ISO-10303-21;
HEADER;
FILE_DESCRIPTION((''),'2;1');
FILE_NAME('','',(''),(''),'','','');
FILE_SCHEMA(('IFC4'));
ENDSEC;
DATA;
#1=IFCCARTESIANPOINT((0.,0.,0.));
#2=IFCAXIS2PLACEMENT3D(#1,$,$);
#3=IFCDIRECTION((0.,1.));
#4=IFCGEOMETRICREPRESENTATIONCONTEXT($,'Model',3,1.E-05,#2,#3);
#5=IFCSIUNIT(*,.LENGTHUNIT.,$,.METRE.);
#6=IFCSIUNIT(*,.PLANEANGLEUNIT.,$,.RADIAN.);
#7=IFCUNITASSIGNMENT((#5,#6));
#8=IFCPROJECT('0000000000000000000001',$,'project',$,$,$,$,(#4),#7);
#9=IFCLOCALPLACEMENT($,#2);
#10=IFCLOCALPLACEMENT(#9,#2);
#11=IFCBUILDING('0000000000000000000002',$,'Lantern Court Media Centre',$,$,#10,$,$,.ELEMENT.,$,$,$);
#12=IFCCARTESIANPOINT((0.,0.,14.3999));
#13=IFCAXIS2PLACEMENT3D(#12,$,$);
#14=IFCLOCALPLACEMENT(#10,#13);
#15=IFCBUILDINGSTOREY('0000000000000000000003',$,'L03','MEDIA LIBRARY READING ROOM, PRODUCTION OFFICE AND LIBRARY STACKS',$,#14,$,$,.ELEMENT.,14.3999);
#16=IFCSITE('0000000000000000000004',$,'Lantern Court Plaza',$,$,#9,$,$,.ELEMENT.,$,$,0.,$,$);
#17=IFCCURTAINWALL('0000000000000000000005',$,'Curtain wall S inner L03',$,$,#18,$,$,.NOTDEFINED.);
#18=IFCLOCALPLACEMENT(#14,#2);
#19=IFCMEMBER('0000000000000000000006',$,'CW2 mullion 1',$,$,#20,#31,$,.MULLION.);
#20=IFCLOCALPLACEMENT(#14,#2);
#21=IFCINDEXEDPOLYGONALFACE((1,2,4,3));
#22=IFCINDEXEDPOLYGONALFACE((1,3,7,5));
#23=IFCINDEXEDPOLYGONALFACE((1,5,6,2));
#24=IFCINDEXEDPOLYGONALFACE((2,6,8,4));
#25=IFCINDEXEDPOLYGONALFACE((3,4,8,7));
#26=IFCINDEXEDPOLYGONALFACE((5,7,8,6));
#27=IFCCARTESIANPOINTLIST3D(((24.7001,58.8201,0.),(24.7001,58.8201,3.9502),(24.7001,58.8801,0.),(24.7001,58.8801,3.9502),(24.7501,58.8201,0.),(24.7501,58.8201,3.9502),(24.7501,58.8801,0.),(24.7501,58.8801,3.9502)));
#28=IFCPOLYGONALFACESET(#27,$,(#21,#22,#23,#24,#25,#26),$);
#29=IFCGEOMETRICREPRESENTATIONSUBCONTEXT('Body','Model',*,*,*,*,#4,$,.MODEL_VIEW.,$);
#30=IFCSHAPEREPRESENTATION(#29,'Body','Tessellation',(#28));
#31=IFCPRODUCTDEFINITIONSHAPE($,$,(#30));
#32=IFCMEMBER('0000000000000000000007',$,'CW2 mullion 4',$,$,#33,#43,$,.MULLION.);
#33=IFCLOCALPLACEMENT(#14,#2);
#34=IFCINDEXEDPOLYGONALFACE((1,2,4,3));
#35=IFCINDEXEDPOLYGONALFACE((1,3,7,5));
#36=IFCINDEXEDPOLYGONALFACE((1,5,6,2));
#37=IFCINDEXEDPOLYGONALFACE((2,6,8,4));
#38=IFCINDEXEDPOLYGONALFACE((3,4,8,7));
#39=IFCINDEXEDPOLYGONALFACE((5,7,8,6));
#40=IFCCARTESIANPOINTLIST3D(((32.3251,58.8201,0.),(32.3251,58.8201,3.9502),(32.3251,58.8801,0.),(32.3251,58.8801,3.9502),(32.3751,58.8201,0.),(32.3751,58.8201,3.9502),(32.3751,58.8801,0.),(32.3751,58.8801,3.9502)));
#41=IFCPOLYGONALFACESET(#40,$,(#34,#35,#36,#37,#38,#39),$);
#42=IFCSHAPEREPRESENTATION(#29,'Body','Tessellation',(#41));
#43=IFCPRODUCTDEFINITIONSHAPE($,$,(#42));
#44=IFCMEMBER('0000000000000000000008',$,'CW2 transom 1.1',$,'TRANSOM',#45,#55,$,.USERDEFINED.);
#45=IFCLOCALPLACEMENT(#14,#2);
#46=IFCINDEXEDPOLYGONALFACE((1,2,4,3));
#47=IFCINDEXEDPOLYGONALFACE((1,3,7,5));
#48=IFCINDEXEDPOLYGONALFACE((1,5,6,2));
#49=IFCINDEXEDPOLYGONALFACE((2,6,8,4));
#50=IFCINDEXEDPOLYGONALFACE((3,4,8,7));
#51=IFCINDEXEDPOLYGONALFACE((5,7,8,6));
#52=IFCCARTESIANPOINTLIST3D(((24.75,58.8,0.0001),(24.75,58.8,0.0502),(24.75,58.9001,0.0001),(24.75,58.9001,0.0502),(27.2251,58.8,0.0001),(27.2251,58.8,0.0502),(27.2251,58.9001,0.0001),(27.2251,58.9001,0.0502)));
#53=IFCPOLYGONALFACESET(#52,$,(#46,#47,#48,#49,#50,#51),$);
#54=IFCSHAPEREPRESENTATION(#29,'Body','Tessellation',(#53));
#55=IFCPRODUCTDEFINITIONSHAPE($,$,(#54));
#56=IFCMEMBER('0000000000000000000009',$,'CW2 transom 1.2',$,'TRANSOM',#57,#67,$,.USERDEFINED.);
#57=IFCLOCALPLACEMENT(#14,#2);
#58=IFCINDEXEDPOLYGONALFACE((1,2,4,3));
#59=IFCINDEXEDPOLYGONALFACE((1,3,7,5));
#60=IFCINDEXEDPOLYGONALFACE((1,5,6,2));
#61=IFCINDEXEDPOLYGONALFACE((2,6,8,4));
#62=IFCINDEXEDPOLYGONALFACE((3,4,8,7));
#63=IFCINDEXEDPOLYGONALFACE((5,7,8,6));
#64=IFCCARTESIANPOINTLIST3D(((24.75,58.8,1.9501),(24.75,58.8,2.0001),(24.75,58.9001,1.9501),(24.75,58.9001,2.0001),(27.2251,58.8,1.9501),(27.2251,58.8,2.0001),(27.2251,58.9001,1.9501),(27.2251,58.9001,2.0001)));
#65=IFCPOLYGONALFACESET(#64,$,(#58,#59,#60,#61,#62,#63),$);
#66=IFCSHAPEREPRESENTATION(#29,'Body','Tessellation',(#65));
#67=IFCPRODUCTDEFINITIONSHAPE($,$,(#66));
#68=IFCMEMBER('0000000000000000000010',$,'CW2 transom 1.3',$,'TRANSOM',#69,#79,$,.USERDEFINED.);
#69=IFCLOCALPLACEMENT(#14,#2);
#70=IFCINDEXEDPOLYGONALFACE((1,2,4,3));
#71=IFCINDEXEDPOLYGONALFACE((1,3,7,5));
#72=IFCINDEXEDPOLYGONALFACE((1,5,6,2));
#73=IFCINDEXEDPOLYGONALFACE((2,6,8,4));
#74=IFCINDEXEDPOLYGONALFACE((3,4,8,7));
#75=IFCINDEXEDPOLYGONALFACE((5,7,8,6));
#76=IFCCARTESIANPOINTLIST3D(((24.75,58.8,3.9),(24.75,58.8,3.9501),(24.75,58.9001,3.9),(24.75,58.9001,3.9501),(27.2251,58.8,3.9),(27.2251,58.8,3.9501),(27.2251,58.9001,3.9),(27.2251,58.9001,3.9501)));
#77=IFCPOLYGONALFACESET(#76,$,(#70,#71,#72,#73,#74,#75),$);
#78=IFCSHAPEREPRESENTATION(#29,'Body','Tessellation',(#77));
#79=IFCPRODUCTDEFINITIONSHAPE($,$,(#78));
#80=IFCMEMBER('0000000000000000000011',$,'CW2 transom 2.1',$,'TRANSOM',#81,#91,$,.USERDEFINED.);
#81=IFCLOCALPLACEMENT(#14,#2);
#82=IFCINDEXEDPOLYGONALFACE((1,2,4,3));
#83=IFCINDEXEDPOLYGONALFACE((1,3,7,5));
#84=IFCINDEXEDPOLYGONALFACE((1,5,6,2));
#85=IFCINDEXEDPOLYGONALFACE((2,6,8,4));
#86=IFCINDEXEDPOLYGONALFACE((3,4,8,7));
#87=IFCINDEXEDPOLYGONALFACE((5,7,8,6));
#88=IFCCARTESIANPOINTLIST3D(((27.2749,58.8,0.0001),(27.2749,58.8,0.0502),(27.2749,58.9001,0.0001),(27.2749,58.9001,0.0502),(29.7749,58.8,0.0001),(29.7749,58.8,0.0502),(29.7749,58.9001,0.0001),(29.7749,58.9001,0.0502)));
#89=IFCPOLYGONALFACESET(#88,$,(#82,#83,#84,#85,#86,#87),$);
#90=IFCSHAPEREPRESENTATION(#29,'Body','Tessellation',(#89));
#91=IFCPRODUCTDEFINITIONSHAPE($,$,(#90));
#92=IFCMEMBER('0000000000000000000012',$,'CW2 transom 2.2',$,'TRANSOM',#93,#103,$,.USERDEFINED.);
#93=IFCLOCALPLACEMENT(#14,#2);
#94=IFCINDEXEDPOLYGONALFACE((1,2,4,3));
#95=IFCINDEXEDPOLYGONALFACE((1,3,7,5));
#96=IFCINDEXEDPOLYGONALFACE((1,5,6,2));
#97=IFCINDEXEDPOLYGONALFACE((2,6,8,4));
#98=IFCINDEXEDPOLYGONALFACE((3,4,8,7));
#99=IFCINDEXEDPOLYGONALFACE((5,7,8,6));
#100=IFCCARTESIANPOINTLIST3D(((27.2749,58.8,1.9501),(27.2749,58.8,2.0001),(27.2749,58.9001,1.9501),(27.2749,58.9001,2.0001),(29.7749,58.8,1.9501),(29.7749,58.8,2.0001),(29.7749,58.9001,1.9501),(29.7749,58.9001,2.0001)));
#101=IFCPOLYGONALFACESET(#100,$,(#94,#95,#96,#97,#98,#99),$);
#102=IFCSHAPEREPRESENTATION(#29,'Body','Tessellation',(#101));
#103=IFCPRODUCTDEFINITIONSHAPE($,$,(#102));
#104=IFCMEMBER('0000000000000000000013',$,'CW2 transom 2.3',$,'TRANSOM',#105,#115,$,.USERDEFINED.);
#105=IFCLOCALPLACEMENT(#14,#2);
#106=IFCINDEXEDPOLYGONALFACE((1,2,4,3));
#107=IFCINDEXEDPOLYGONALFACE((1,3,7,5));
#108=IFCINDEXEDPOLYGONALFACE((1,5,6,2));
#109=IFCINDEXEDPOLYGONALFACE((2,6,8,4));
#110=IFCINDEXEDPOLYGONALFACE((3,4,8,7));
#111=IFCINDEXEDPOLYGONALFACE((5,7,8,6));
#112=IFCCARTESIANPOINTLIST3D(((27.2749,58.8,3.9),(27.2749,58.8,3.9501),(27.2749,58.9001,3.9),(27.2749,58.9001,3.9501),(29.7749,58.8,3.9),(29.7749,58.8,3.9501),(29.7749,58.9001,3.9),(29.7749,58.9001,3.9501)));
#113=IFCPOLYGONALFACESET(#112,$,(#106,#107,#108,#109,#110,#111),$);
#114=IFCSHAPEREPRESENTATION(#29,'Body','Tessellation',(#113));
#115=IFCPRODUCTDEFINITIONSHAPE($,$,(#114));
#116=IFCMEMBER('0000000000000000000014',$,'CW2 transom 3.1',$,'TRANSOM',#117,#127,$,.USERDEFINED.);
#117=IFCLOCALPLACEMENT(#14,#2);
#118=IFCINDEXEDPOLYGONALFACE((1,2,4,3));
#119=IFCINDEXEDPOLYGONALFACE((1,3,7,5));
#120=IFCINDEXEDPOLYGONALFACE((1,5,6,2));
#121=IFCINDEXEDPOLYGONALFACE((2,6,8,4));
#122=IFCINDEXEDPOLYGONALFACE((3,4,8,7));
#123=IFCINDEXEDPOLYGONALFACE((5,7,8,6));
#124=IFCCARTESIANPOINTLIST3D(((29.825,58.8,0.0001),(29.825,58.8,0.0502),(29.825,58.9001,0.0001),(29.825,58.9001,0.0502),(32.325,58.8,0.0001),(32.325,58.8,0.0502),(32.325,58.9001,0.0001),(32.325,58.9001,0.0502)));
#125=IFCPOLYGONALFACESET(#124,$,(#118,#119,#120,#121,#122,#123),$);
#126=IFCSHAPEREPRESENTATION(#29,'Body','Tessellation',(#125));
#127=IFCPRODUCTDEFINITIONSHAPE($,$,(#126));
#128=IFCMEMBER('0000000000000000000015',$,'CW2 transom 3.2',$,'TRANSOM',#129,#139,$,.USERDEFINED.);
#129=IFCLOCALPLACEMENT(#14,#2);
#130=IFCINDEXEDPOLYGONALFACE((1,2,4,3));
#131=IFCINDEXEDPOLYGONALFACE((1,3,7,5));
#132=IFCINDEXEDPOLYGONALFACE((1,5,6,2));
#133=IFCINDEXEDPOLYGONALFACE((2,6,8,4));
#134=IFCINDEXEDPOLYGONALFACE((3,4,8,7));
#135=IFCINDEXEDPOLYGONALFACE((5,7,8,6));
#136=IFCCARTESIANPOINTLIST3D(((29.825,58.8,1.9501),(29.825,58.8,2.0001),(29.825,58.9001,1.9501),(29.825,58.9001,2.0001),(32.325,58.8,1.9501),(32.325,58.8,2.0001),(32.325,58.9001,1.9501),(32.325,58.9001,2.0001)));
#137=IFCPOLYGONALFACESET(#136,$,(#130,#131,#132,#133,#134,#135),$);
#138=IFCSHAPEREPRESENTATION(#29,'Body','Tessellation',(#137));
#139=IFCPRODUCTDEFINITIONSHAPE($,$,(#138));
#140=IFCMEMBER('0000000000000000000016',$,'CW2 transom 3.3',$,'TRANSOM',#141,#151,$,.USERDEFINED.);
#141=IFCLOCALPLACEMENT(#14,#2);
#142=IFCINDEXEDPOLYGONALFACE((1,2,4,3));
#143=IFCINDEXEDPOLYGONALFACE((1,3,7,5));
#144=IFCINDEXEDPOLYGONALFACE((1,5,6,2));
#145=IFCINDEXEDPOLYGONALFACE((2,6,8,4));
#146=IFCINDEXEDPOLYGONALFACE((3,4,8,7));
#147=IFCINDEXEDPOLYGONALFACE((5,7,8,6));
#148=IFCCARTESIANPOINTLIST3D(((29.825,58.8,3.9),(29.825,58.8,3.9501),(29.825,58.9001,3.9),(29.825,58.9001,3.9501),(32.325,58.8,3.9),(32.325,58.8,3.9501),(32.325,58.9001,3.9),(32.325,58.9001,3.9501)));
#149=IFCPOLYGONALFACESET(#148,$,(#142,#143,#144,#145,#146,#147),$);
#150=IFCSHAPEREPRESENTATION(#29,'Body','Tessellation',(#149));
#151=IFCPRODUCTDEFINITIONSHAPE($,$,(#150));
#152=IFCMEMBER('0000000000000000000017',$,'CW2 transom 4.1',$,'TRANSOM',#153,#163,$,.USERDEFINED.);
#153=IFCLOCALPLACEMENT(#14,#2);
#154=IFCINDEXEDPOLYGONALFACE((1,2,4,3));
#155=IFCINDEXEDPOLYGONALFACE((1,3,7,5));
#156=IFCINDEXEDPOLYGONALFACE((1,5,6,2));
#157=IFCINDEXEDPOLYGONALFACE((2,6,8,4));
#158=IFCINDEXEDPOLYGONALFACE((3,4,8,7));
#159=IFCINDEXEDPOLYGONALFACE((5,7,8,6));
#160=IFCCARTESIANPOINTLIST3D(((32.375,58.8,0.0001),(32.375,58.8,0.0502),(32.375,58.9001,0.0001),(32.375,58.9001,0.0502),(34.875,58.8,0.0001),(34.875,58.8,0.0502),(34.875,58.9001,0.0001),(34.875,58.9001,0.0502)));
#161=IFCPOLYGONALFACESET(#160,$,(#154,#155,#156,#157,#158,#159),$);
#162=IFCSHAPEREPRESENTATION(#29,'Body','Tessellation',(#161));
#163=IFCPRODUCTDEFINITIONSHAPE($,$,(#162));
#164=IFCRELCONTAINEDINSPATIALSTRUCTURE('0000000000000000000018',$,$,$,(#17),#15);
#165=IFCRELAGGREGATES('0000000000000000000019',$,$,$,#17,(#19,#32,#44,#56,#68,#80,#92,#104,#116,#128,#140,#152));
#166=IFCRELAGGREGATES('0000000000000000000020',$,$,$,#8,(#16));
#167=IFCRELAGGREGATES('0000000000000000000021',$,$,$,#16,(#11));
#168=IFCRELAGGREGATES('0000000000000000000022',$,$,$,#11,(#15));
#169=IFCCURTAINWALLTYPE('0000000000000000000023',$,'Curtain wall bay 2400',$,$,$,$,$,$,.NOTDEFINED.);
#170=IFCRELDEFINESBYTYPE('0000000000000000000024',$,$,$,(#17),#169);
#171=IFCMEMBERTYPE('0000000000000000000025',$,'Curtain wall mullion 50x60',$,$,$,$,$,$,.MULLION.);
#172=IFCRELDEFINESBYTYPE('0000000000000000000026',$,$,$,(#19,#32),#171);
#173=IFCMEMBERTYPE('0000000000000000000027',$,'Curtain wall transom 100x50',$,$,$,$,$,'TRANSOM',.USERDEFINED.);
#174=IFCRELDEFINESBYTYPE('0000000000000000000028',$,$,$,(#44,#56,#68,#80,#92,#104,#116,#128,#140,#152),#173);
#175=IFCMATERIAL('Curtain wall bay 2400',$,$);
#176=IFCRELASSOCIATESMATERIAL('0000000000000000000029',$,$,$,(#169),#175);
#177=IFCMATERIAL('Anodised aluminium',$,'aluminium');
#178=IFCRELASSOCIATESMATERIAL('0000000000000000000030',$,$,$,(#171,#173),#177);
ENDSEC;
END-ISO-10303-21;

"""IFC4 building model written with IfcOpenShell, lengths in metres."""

from ifc_helpers import new_model, si_unit, direction, frame, origin, origin_2d, place, context, subcontext, project, spatial, rectangle, extrude, material, material_profile, profile_set, type_object, element, aggregate, save


model = new_model("IFC4")

# Units and contexts
model_context = context("Model", 3, precision=1e-05, world=origin(), true_north=direction((0.0, 1.0)))
body_context = subcontext(model_context, "Body", "Model", "MODEL_VIEW")
ifc_project = project(units=[si_unit("LENGTHUNIT", "METRE"), si_unit("PLANEANGLEUNIT", "RADIAN")], contexts=[model_context])

# Site, building, storey
site_placement = place(None, origin())
site = spatial("IfcSite", under=ifc_project, at=site_placement, Name="Lantern Court Plaza", CompositionType="ELEMENT", RefElevation=0.0)
building_placement = place(site_placement, origin())
building = spatial("IfcBuilding", under=site, at=building_placement, Name="Lantern Court Media Centre", CompositionType="ELEMENT")
storey_placement = place(building_placement, frame((0.0, 0.0, 14.3999)))
storey = spatial("IfcBuildingStorey", under=building, at=storey_placement, Name="L03", Description="MEDIA LIBRARY READING ROOM, PRODUCTION OFFICE AND LIBRARY STACKS", CompositionType="ELEMENT", Elevation=14.3999)

# Curtain wall, members
ifc_material_1 = material(Name="Curtain wall bay 2400")
curtain_wall_type = type_object("IfcCurtainWallType", Name="Curtain wall bay 2400", PredefinedType="NOTDEFINED", material=ifc_material_1)
curtain_wall_placement = place(storey_placement, origin())
curtain_wall = element("IfcCurtainWall", 1, at=curtain_wall_placement, inside=storey, type_object=curtain_wall_type, Name="Curtain wall S inner L03", PredefinedType="NOTDEFINED")
ifc_material_2 = material(Name="Anodised aluminium", Category="aluminium")
ifc_material_profile_1 = material_profile(ifc_material_2, rectangle(XDim=0.0601, YDim=0.05, at=origin_2d()), Name="AL 50x60")
ifc_profile_set_1 = profile_set([ifc_material_profile_1], Name="Anodised aluminium")
member_type_1 = type_object("IfcMemberType", Name="Curtain wall mullion 50x60", PredefinedType="MULLION", material=ifc_profile_set_1)
member_1_placement = place(storey_placement, frame((24.7251, 58.8501, 0.0), z_axis=(0.0, 0.0, 1.0), x_axis=(0.0, 1.0, 0.0)))
member_1 = element("IfcMember", 2, at=member_1_placement, type_object=member_type_1, Name="CW2 mullion 1", PredefinedType="MULLION", context=body_context, shape_type="SweptSolid", body=[
    extrude(rectangle(XDim=0.0601, YDim=0.05, at=origin_2d()), origin(), (0.0, 0.0, 1.0), 3.9502),
])
member_2_placement = place(storey_placement, frame((32.3501, 58.8501, 0.0), z_axis=(0.0, 0.0, 1.0), x_axis=(0.0, 1.0, 0.0)))
member_2 = element("IfcMember", 3, at=member_2_placement, type_object=member_type_1, Name="CW2 mullion 4", PredefinedType="MULLION", context=body_context, shape_type="SweptSolid", body=[
    extrude(rectangle(XDim=0.0601, YDim=0.05, at=origin_2d()), origin(), (0.0, 0.0, 1.0), 3.9502),
])
ifc_material_profile_2 = material_profile(ifc_material_2, rectangle(XDim=0.1001, YDim=0.05, at=origin_2d()), Name="AL 50x100")
ifc_profile_set_2 = profile_set([ifc_material_profile_2], Name="Anodised aluminium")
member_type_2 = type_object("IfcMemberType", Name="Curtain wall transom 100x50", ElementType="TRANSOM", PredefinedType="USERDEFINED", material=ifc_profile_set_2)
member_3_placement = place(storey_placement, frame((24.75, 58.8501, 0.0251), z_axis=(1.0, 0.0, 0.0), x_axis=(0.0, 1.0, 0.0)))
member_3 = element("IfcMember", 4, at=member_3_placement, type_object=member_type_2, Name="CW2 transom 1.1", ObjectType="TRANSOM", PredefinedType="USERDEFINED", context=body_context, shape_type="SweptSolid", body=[
    extrude(rectangle(XDim=0.1001, YDim=0.05, at=origin_2d()), origin(), (0.0, 0.0, 1.0), 2.4751),
])
member_4_placement = place(storey_placement, frame((24.75, 58.8501, 1.9751), z_axis=(1.0, 0.0, 0.0), x_axis=(0.0, 1.0, 0.0)))
member_4 = element("IfcMember", 5, at=member_4_placement, type_object=member_type_2, Name="CW2 transom 1.2", ObjectType="TRANSOM", PredefinedType="USERDEFINED", context=body_context, shape_type="SweptSolid", body=[
    extrude(rectangle(XDim=0.1001, YDim=0.05, at=origin_2d()), origin(), (0.0, 0.0, 1.0), 2.4751),
])
member_5_placement = place(storey_placement, frame((24.75, 58.8501, 3.925), z_axis=(1.0, 0.0, 0.0), x_axis=(0.0, 1.0, 0.0)))
member_5 = element("IfcMember", 6, at=member_5_placement, type_object=member_type_2, Name="CW2 transom 1.3", ObjectType="TRANSOM", PredefinedType="USERDEFINED", context=body_context, shape_type="SweptSolid", body=[
    extrude(rectangle(XDim=0.1001, YDim=0.05, at=origin_2d()), origin(), (0.0, 0.0, 1.0), 2.4751),
])
member_6_placement = place(storey_placement, frame((27.2749, 58.8501, 0.0251), z_axis=(1.0, 0.0, 0.0), x_axis=(0.0, 1.0, 0.0)))
member_6 = element("IfcMember", 7, at=member_6_placement, type_object=member_type_2, Name="CW2 transom 2.1", ObjectType="TRANSOM", PredefinedType="USERDEFINED", context=body_context, shape_type="SweptSolid", body=[
    extrude(rectangle(XDim=0.1001, YDim=0.05, at=origin_2d()), origin(), (0.0, 0.0, 1.0), 2.5),
])
member_7_placement = place(storey_placement, frame((27.2749, 58.8501, 1.9751), z_axis=(1.0, 0.0, 0.0), x_axis=(0.0, 1.0, 0.0)))
member_7 = element("IfcMember", 8, at=member_7_placement, type_object=member_type_2, Name="CW2 transom 2.2", ObjectType="TRANSOM", PredefinedType="USERDEFINED", context=body_context, shape_type="SweptSolid", body=[
    extrude(rectangle(XDim=0.1001, YDim=0.05, at=origin_2d()), origin(), (0.0, 0.0, 1.0), 2.5),
])
member_8_placement = place(storey_placement, frame((27.2749, 58.8501, 3.925), z_axis=(1.0, 0.0, 0.0), x_axis=(0.0, 1.0, 0.0)))
member_8 = element("IfcMember", 9, at=member_8_placement, type_object=member_type_2, Name="CW2 transom 2.3", ObjectType="TRANSOM", PredefinedType="USERDEFINED", context=body_context, shape_type="SweptSolid", body=[
    extrude(rectangle(XDim=0.1001, YDim=0.05, at=origin_2d()), origin(), (0.0, 0.0, 1.0), 2.5),
])
member_9_placement = place(storey_placement, frame((29.825, 58.8501, 0.0251), z_axis=(1.0, 0.0, 0.0), x_axis=(0.0, 1.0, 0.0)))
member_9 = element("IfcMember", 10, at=member_9_placement, type_object=member_type_2, Name="CW2 transom 3.1", ObjectType="TRANSOM", PredefinedType="USERDEFINED", context=body_context, shape_type="SweptSolid", body=[
    extrude(rectangle(XDim=0.1001, YDim=0.05, at=origin_2d()), origin(), (0.0, 0.0, 1.0), 2.5),
])
member_10_placement = place(storey_placement, frame((29.825, 58.8501, 1.9751), z_axis=(1.0, 0.0, 0.0), x_axis=(0.0, 1.0, 0.0)))
member_10 = element("IfcMember", 11, at=member_10_placement, type_object=member_type_2, Name="CW2 transom 3.2", ObjectType="TRANSOM", PredefinedType="USERDEFINED", context=body_context, shape_type="SweptSolid", body=[
    extrude(rectangle(XDim=0.1001, YDim=0.05, at=origin_2d()), origin(), (0.0, 0.0, 1.0), 2.5),
])
member_11_placement = place(storey_placement, frame((29.825, 58.8501, 3.925), z_axis=(1.0, 0.0, 0.0), x_axis=(0.0, 1.0, 0.0)))
member_11 = element("IfcMember", 12, at=member_11_placement, type_object=member_type_2, Name="CW2 transom 3.3", ObjectType="TRANSOM", PredefinedType="USERDEFINED", context=body_context, shape_type="SweptSolid", body=[
    extrude(rectangle(XDim=0.1001, YDim=0.05, at=origin_2d()), origin(), (0.0, 0.0, 1.0), 2.5),
])
member_12_placement = place(storey_placement, frame((32.375, 58.8501, 0.0251), z_axis=(1.0, 0.0, 0.0), x_axis=(0.0, 1.0, 0.0)))
member_12 = element("IfcMember", 13, at=member_12_placement, type_object=member_type_2, Name="CW2 transom 4.1", ObjectType="TRANSOM", PredefinedType="USERDEFINED", context=body_context, shape_type="SweptSolid", body=[
    extrude(rectangle(XDim=0.1001, YDim=0.05, at=origin_2d()), origin(), (0.0, 0.0, 1.0), 2.5),
])

aggregate(curtain_wall, [member_1, member_2, member_3, member_4, member_5, member_6, member_7, member_8, member_9, member_10, member_11, member_12])

save(model, "model.ifc")
